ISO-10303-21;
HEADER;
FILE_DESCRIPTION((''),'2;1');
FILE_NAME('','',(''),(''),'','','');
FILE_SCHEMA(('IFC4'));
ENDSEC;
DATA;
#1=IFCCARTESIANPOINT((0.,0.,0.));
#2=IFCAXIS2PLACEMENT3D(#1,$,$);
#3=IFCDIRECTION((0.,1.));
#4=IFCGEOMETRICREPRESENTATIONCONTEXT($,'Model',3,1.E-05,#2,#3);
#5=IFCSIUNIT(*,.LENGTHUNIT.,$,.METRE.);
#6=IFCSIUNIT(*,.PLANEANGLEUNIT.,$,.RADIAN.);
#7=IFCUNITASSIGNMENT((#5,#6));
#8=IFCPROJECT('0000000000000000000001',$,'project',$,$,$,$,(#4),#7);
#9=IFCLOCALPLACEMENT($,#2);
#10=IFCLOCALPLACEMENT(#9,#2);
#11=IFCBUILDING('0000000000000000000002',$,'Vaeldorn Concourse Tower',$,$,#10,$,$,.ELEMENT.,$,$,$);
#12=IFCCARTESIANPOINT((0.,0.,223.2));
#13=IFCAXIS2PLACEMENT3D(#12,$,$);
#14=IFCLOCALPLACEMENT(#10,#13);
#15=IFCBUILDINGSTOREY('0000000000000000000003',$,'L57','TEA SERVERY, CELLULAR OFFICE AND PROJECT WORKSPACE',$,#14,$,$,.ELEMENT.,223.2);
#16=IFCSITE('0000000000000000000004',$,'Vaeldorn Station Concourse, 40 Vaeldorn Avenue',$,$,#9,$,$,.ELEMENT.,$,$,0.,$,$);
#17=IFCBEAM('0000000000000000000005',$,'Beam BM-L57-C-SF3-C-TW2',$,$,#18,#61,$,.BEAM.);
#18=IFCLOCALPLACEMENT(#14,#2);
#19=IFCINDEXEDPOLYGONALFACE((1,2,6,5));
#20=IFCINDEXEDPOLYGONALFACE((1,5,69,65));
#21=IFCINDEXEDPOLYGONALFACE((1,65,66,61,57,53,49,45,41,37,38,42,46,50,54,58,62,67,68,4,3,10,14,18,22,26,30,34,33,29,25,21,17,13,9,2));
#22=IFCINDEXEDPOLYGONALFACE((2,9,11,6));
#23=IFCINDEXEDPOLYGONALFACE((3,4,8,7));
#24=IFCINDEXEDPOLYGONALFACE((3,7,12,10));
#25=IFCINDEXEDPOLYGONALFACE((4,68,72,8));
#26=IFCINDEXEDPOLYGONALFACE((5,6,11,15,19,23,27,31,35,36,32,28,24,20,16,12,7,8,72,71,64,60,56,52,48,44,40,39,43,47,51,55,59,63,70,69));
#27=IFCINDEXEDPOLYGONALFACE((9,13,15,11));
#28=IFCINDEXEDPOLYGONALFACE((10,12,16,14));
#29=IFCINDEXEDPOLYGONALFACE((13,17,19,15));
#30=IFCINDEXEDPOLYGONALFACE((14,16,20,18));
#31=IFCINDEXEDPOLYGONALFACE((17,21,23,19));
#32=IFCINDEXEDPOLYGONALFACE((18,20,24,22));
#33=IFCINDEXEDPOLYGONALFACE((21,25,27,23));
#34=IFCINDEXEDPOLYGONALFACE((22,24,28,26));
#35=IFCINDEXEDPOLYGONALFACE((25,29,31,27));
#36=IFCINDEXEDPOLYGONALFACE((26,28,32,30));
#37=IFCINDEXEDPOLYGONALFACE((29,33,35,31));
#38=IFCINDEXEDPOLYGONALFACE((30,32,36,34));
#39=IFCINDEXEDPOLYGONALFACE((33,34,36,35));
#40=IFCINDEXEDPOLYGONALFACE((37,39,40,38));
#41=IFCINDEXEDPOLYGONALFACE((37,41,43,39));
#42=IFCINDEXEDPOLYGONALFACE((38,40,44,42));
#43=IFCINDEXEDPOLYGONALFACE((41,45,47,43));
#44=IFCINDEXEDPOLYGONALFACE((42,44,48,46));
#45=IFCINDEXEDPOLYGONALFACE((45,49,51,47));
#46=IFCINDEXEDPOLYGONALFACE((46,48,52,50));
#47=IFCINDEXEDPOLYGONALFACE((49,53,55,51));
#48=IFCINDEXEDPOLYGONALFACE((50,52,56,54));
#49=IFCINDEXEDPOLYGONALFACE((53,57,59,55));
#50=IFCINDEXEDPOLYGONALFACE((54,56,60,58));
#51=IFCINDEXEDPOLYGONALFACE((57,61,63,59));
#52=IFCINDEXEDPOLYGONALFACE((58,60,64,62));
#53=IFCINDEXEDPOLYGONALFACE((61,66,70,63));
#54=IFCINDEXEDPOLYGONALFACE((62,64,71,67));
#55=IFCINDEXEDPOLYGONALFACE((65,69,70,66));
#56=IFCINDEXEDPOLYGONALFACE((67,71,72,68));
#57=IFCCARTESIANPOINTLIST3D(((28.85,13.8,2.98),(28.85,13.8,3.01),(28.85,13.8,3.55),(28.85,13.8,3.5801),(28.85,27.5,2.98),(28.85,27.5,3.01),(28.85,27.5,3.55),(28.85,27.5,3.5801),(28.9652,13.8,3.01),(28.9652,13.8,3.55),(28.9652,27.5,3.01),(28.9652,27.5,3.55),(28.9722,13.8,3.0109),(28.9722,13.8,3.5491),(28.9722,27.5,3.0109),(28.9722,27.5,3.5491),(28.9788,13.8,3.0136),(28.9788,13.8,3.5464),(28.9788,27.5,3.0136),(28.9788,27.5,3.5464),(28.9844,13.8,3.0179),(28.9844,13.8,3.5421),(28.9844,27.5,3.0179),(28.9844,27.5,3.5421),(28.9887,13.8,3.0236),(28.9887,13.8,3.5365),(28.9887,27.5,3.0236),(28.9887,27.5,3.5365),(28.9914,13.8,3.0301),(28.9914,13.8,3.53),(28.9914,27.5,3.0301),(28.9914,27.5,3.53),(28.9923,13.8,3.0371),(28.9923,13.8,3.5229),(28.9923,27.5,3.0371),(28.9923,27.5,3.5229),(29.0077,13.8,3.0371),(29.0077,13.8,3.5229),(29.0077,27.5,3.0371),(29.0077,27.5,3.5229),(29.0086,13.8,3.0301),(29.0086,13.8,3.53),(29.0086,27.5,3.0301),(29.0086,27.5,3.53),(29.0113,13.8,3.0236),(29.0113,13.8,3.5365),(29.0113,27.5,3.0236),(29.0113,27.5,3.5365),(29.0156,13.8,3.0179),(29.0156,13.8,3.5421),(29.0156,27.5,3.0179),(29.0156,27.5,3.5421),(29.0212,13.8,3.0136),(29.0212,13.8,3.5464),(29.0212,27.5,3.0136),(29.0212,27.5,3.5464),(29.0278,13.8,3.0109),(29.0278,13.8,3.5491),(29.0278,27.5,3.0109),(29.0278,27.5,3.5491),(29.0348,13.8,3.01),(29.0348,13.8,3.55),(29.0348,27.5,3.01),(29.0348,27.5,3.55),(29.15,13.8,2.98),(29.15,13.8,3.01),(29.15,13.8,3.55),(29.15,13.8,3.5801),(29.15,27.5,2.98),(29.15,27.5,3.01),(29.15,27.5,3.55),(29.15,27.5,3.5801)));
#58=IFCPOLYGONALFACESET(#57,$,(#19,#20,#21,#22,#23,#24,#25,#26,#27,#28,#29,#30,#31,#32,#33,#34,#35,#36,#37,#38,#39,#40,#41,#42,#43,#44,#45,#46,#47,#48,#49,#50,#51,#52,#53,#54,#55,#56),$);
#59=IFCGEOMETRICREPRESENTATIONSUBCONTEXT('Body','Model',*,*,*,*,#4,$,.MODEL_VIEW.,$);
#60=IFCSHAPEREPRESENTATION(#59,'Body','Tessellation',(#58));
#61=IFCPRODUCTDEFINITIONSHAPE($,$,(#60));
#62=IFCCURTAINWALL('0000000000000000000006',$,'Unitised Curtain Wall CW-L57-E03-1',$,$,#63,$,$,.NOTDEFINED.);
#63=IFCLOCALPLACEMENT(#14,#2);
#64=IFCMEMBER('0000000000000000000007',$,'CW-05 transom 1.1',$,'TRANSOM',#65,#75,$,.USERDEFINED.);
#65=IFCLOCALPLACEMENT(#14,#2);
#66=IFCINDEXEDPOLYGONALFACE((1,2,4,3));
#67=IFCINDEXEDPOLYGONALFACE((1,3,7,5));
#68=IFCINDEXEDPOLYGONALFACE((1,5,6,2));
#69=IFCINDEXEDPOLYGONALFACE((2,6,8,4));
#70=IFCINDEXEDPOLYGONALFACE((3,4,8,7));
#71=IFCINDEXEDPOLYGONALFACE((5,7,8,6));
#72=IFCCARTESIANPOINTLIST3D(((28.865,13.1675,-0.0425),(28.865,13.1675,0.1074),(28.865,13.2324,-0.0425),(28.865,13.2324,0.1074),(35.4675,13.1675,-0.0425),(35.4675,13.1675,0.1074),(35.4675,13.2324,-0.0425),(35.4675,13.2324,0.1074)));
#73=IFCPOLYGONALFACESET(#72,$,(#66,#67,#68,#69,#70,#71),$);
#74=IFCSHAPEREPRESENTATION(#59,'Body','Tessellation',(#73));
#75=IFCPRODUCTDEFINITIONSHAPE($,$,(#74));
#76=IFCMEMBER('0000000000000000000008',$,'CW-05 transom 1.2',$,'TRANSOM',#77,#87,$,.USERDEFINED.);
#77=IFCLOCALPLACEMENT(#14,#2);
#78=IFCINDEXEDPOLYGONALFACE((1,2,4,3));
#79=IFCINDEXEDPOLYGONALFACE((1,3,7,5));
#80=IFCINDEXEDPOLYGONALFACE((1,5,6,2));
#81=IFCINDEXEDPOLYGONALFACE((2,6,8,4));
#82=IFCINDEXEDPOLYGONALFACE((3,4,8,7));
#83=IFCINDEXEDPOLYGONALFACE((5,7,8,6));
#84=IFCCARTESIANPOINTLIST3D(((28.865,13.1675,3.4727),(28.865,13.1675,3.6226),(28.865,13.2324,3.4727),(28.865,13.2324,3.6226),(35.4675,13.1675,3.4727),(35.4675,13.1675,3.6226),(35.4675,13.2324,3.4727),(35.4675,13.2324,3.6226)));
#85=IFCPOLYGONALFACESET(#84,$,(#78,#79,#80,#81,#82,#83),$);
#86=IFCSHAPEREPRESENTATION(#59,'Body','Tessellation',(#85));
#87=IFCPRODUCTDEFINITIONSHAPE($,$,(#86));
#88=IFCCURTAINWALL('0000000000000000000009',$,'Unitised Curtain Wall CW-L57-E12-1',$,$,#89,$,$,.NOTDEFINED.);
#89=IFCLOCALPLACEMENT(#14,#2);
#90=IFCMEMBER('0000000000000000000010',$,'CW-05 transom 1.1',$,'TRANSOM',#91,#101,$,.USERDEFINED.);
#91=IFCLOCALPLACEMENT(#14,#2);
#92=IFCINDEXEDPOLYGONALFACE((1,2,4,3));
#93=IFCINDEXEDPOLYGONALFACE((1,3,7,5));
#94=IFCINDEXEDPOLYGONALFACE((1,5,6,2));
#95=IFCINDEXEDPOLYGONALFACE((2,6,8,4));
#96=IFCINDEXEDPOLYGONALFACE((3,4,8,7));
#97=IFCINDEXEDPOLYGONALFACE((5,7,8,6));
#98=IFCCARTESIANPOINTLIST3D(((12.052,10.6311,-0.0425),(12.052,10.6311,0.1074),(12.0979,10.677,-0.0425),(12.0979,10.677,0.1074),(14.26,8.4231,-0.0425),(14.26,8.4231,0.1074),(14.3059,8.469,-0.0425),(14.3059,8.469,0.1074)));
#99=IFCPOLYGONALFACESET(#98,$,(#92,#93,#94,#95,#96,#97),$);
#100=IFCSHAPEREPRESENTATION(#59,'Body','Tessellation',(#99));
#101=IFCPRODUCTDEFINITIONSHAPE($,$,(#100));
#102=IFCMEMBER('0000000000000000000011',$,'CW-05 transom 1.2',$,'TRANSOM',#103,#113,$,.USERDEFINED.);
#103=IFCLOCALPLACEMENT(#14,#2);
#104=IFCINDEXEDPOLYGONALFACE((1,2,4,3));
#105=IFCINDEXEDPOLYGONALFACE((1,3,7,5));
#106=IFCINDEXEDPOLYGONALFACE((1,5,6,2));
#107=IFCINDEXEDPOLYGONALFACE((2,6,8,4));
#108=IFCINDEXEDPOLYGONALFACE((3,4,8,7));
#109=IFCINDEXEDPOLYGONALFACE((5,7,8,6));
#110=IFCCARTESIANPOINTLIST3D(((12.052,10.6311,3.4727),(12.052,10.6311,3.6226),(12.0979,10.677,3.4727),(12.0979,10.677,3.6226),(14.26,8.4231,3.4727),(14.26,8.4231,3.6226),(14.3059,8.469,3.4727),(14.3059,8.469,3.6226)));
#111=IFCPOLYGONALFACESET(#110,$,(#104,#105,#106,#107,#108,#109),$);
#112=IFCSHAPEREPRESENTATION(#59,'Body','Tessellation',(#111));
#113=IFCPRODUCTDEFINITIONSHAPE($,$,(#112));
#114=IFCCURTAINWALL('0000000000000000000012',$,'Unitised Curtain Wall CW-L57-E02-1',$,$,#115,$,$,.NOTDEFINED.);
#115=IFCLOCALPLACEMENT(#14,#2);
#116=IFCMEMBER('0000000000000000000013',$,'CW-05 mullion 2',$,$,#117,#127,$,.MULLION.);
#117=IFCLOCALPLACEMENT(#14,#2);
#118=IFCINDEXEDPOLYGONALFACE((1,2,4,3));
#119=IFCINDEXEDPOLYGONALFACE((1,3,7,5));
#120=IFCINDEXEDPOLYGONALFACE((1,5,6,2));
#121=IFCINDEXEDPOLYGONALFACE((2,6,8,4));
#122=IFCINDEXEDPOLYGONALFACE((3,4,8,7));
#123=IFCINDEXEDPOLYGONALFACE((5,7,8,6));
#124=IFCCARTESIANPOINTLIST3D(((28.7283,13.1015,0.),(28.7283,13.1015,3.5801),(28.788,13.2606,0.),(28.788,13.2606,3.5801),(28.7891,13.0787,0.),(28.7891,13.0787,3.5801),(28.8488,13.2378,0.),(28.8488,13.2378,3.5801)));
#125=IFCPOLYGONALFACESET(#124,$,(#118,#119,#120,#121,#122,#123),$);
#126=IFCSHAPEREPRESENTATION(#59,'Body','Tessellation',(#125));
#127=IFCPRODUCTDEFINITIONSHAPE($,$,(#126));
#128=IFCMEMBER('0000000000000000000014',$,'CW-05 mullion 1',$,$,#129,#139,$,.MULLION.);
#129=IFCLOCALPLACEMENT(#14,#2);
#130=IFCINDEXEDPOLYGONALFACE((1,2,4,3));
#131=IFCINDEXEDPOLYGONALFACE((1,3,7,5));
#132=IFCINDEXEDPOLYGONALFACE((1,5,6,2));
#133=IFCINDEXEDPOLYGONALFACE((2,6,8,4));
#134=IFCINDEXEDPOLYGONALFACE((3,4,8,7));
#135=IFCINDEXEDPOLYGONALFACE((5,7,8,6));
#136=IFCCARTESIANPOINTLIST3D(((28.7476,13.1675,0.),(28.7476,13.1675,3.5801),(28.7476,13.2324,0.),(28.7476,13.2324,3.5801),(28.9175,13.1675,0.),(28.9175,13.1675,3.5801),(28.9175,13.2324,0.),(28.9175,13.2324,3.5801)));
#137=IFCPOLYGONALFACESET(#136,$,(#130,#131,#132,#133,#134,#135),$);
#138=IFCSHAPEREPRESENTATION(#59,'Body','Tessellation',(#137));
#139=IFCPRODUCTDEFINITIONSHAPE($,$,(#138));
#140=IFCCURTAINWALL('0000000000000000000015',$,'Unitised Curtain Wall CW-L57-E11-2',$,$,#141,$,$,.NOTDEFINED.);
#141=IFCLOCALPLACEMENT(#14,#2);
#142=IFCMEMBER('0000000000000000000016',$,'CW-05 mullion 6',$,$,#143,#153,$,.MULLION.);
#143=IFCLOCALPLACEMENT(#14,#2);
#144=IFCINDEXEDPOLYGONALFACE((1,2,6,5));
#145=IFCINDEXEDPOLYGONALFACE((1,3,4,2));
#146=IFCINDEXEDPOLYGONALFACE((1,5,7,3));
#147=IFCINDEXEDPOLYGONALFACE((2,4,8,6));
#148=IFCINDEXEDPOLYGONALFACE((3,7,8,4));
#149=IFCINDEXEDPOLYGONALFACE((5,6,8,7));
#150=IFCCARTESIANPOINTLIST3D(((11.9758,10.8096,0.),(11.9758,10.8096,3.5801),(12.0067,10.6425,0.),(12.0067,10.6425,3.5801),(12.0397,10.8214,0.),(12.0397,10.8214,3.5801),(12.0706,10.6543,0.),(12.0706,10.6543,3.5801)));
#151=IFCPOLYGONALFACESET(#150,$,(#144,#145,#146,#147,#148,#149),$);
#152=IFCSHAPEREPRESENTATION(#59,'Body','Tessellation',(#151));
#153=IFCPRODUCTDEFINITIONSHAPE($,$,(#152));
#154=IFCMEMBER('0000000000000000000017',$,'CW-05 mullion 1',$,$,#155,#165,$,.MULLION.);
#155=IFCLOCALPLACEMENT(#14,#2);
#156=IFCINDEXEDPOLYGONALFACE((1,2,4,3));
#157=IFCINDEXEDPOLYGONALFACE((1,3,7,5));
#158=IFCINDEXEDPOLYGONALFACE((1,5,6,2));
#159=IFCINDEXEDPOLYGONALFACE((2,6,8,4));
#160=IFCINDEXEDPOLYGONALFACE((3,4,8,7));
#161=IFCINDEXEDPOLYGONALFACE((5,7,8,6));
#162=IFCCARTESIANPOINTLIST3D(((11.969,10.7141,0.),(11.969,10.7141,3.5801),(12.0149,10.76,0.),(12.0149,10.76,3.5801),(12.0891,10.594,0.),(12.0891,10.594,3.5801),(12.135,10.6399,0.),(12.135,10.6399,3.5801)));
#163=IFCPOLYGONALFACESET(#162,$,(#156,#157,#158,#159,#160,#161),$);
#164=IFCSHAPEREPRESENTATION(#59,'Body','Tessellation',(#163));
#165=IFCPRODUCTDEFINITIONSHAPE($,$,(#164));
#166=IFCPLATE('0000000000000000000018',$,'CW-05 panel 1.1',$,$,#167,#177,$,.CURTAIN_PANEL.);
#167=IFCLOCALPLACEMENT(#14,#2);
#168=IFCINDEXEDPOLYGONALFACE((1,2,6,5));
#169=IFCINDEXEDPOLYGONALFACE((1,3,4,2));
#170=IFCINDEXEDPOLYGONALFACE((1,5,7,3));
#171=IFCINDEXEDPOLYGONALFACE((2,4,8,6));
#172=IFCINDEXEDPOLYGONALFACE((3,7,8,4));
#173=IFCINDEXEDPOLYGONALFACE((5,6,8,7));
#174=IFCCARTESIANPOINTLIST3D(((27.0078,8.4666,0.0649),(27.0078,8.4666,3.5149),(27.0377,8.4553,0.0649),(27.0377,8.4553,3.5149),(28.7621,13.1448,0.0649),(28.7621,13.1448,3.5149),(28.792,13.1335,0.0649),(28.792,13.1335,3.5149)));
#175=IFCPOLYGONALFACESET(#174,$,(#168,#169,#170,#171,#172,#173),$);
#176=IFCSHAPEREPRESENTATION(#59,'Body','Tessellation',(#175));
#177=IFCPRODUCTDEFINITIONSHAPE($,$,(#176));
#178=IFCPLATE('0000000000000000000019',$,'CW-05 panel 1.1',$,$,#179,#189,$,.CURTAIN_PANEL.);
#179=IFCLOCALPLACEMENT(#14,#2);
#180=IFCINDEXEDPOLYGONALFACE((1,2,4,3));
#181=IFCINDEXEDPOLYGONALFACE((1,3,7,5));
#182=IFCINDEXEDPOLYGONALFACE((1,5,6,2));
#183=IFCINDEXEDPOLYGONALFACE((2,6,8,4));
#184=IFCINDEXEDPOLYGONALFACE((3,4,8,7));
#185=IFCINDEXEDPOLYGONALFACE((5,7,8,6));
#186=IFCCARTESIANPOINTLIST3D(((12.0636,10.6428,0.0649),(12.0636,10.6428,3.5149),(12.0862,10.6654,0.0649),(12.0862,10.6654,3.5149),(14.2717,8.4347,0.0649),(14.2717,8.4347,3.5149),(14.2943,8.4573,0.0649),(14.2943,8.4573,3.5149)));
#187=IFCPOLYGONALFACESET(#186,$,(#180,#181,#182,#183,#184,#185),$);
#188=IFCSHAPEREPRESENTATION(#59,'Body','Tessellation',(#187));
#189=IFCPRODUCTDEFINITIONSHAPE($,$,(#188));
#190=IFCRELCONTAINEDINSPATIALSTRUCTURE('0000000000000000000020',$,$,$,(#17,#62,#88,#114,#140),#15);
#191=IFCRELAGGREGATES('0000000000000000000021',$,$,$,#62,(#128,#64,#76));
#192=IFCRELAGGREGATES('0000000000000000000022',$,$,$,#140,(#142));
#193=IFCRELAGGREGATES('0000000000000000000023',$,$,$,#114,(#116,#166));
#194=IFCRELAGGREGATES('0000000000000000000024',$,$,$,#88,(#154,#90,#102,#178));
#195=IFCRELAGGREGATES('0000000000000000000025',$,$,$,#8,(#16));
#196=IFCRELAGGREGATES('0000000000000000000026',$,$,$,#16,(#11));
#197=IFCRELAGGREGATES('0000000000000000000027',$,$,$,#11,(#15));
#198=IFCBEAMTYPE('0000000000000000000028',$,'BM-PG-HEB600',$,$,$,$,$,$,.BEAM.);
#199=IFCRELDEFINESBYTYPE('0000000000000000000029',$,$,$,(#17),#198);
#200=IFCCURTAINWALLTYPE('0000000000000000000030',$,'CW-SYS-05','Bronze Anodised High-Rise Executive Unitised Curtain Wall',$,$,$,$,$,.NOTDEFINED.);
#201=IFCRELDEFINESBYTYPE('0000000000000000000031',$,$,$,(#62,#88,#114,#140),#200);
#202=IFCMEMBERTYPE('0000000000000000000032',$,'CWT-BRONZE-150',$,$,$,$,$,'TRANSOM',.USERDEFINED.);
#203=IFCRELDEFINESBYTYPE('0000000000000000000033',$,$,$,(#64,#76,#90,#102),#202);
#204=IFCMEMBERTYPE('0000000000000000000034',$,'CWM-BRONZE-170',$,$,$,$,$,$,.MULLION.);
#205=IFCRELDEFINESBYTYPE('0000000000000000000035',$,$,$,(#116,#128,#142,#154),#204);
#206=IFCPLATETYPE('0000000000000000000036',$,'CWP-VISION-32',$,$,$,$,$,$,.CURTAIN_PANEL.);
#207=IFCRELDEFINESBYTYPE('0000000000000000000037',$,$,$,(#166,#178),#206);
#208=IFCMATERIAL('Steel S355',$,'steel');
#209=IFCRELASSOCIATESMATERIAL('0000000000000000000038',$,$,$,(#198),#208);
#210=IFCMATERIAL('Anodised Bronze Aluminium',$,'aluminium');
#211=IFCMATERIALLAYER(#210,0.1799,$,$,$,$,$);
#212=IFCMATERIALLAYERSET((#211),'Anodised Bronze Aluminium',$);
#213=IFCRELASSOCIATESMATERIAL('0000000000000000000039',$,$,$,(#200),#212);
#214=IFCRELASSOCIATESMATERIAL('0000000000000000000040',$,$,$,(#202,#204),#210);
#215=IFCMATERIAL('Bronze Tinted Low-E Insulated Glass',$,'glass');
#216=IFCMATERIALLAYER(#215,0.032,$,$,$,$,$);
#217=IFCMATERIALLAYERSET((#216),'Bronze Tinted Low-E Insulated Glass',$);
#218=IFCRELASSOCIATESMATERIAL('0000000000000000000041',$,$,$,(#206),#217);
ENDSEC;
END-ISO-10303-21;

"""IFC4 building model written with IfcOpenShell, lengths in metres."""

from ifc_helpers import new_model, si_unit, direction, frame, origin, origin_2d, place, context, subcontext, project, spatial, rectangle, i_section, extrude, source, transform, mapped, material, layer, layer_set, material_profile, profile_set, type_object, element, aggregate, save


model = new_model("IFC4")

# Units and contexts
model_context = context("Model", 3, precision=1e-05, world=origin(), true_north=direction((0.0, 1.0)))
body_context = subcontext(model_context, "Body", "Model", "MODEL_VIEW")
ifc_project = project(units=[si_unit("LENGTHUNIT", "METRE"), si_unit("PLANEANGLEUNIT", "RADIAN")], contexts=[model_context])

# Site, building, storey
site_placement = place(None, origin())
site = spatial("IfcSite", under=ifc_project, at=site_placement, Name="Vaeldorn Station Concourse, 40 Vaeldorn Avenue", CompositionType="ELEMENT", RefElevation=0.0)
building_placement = place(site_placement, origin())
building = spatial("IfcBuilding", under=site, at=building_placement, Name="Vaeldorn Concourse Tower", CompositionType="ELEMENT")
storey_placement = place(building_placement, frame((0.0, 0.0, 223.2)))
storey = spatial("IfcBuildingStorey", under=building, at=storey_placement, Name="L57", Description="TEA SERVERY, CELLULAR OFFICE AND PROJECT WORKSPACE", CompositionType="ELEMENT", Elevation=223.2)

# Shared definitions
ifc_material_1 = material(Name="Steel S355", Category="steel")

# Beam
ifc_material_profile_1 = material_profile(ifc_material_1, i_section(OverallWidth=0.3, OverallDepth=0.6001, WebThickness=0.0154, FlangeThickness=0.03, FilletRadius=0.0271, at=origin_2d()), Name="HEB 600")
ifc_profile_set_1 = profile_set([ifc_material_profile_1], Name="Steel S355")
beam_type_1 = type_object("IfcBeamType", Name="BM-PG-HEB600", PredefinedType="BEAM", material=ifc_profile_set_1)
shared_shape_1 = source(origin(), body_context, "Body", "SweptSolid", [
    extrude(i_section(OverallWidth=0.3, OverallDepth=0.6001, WebThickness=0.0154, FlangeThickness=0.03, FilletRadius=0.0271, at=origin_2d()), origin(), (0.0, 0.0, 1.0), 13.7),
])
beam_1_placement = place(storey_placement, frame((29.0, 13.8, 3.28), z_axis=(0.0, 1.0, 0.0), x_axis=(-1.0, 0.0, 0.0)))
element("IfcBeam", 1, at=beam_1_placement, inside=storey, type_object=beam_type_1, Name="Beam BM-L57-C-SF3-C-TW2", PredefinedType="BEAM", context=body_context, shape_type="MappedRepresentation", body=[
    mapped(shared_shape_1, transform((0.0, 0.0, 0.0), scale=1.0)),
])

# Curtain walls, members
ifc_material_2 = material(Name="Anodised Bronze Aluminium", Category="aluminium")
ifc_layer_1 = layer(ifc_material_2, 0.1799)
ifc_layer_set_1 = layer_set([ifc_layer_1], Name="Anodised Bronze Aluminium")
curtain_wall_type = type_object("IfcCurtainWallType", Name="CW-SYS-05", Description="Bronze Anodised High-Rise Executive Unitised Curtain Wall", PredefinedType="NOTDEFINED", material=ifc_layer_set_1)
curtain_wall_1_placement = place(storey_placement, origin())
curtain_wall_1 = element("IfcCurtainWall", 2, at=curtain_wall_1_placement, inside=storey, type_object=curtain_wall_type, Name="Unitised Curtain Wall CW-L57-E03-1", PredefinedType="NOTDEFINED")
ifc_material_profile_2 = material_profile(ifc_material_2, rectangle(XDim=0.0649, YDim=0.1499, at=origin_2d()), Name="CWT 65x150")
ifc_profile_set_2 = profile_set([ifc_material_profile_2], Name="Anodised Bronze Aluminium")
member_type_1 = type_object("IfcMemberType", Name="CWT-BRONZE-150", ElementType="TRANSOM", PredefinedType="USERDEFINED", material=ifc_profile_set_2)
shared_shape_2 = source(origin(), body_context, "Body", "SweptSolid", [
    extrude(rectangle(XDim=0.0649, YDim=0.1499, at=origin_2d()), origin(), (0.0, 0.0, 1.0), 6.6025),
])
member_1_placement = place(storey_placement, frame((28.865, 13.2, 0.0325), z_axis=(1.0, 0.0, 0.0), x_axis=(0.0, 1.0, 0.0)))
member_1 = element("IfcMember", 3, at=member_1_placement, type_object=member_type_1, Name="CW-05 transom 1.1", ObjectType="TRANSOM", PredefinedType="USERDEFINED", context=body_context, shape_type="MappedRepresentation", body=[
    mapped(shared_shape_2, transform((0.0, 0.0, 0.0), scale=1.0)),
])
member_2_placement = place(storey_placement, frame((28.865, 13.2, 3.5476), z_axis=(1.0, 0.0, 0.0), x_axis=(0.0, 1.0, 0.0)))
member_2 = element("IfcMember", 4, at=member_2_placement, type_object=member_type_1, Name="CW-05 transom 1.2", ObjectType="TRANSOM", PredefinedType="USERDEFINED", context=body_context, shape_type="MappedRepresentation", body=[
    mapped(shared_shape_2, transform((0.0, 0.0, 0.0), scale=1.0)),
])
curtain_wall_2_placement = place(storey_placement, origin())
curtain_wall_2 = element("IfcCurtainWall", 5, at=curtain_wall_2_placement, inside=storey, type_object=curtain_wall_type, Name="Unitised Curtain Wall CW-L57-E12-1", PredefinedType="NOTDEFINED")
shared_shape_3 = source(origin(), body_context, "Body", "SweptSolid", [
    extrude(rectangle(XDim=0.0649, YDim=0.1499, at=origin_2d()), origin(), (0.0, 0.0, 1.0), 3.1226),
])
member_3_placement = place(storey_placement, frame((12.075, 10.6541, 0.0325), z_axis=(0.707107, -0.707107, 0.0), x_axis=(0.707107, 0.707107, 0.0)))
member_3 = element("IfcMember", 6, at=member_3_placement, type_object=member_type_1, Name="CW-05 transom 1.1", ObjectType="TRANSOM", PredefinedType="USERDEFINED", context=body_context, shape_type="MappedRepresentation", body=[
    mapped(shared_shape_3, transform((0.0, 0.0, 0.0), scale=1.0)),
])
member_4_placement = place(storey_placement, frame((12.075, 10.6541, 3.5476), z_axis=(0.707107, -0.707107, 0.0), x_axis=(0.707107, 0.707107, 0.0)))
member_4 = element("IfcMember", 7, at=member_4_placement, type_object=member_type_1, Name="CW-05 transom 1.2", ObjectType="TRANSOM", PredefinedType="USERDEFINED", context=body_context, shape_type="MappedRepresentation", body=[
    mapped(shared_shape_3, transform((0.0, 0.0, 0.0), scale=1.0)),
])

# Curtain wall, member
curtain_wall_3_placement = place(storey_placement, origin())
curtain_wall_3 = element("IfcCurtainWall", 8, at=curtain_wall_3_placement, inside=storey, type_object=curtain_wall_type, Name="Unitised Curtain Wall CW-L57-E02-1", PredefinedType="NOTDEFINED")
ifc_material_profile_3 = material_profile(ifc_material_2, rectangle(XDim=0.0649, YDim=0.1699, at=origin_2d()), Name="CWM 65x170")
ifc_profile_set_3 = profile_set([ifc_material_profile_3], Name="Anodised Bronze Aluminium")
member_type_2 = type_object("IfcMemberType", Name="CWM-BRONZE-170", PredefinedType="MULLION", material=ifc_profile_set_3)
shared_shape_4 = source(origin(), body_context, "Body", "SweptSolid", [
    extrude(rectangle(XDim=0.0649, YDim=0.1699, at=origin_2d()), origin(), (0.0, 0.0, 1.0), 3.5801),
])
member_5_placement = place(storey_placement, frame((28.7886, 13.1697, 0.0), z_axis=(0.0, 0.0, 1.0), x_axis=(-0.936329, 0.351123, 0.0)))
member_5 = element("IfcMember", 9, at=member_5_placement, type_object=member_type_2, Name="CW-05 mullion 2", PredefinedType="MULLION", context=body_context, shape_type="MappedRepresentation", body=[
    mapped(shared_shape_4, transform((0.0, 0.0, 0.0), scale=1.0)),
])

# Member
member_6_placement = place(storey_placement, frame((28.8325, 13.2, 0.0), z_axis=(0.0, 0.0, 1.0), x_axis=(0.0, 1.0, 0.0)))
member_6 = element("IfcMember", 10, at=member_6_placement, type_object=member_type_2, Name="CW-05 mullion 1", PredefinedType="MULLION", context=body_context, shape_type="MappedRepresentation", body=[
    mapped(shared_shape_4, transform((0.0, 0.0, 0.0), scale=1.0)),
])
aggregate(curtain_wall_1, [member_6, member_1, member_2])

# Curtain wall, member
curtain_wall_4_placement = place(storey_placement, origin())
curtain_wall_4 = element("IfcCurtainWall", 11, at=curtain_wall_4_placement, inside=storey, type_object=curtain_wall_type, Name="Unitised Curtain Wall CW-L57-E11-2", PredefinedType="NOTDEFINED")
member_7_placement = place(storey_placement, frame((12.0232, 10.7319, 0.0), z_axis=(0.0, 0.0, 1.0), x_axis=(0.983319, 0.181889, 0.0)))
member_7 = element("IfcMember", 12, at=member_7_placement, type_object=member_type_2, Name="CW-05 mullion 6", PredefinedType="MULLION", context=body_context, shape_type="MappedRepresentation", body=[
    mapped(shared_shape_4, transform((0.0, 0.0, 0.0), scale=1.0)),
])
aggregate(curtain_wall_4, [member_7])

# Member
member_8_placement = place(storey_placement, frame((12.052, 10.677, 0.0), z_axis=(0.0, 0.0, 1.0), x_axis=(0.707107, 0.707107, 0.0)))
member_8 = element("IfcMember", 13, at=member_8_placement, type_object=member_type_2, Name="CW-05 mullion 1", PredefinedType="MULLION", context=body_context, shape_type="MappedRepresentation", body=[
    mapped(shared_shape_4, transform((0.0, 0.0, 0.0), scale=1.0)),
])

# Plates
ifc_material_3 = material(Name="Bronze Tinted Low-E Insulated Glass", Category="glass")
ifc_layer_2 = layer(ifc_material_3, 0.032)
ifc_layer_set_2 = layer_set([ifc_layer_2], Name="Bronze Tinted Low-E Insulated Glass")
plate_type = type_object("IfcPlateType", Name="CWP-VISION-32", PredefinedType="CURTAIN_PANEL", material=ifc_layer_set_2)
shared_shape_5 = source(origin(), body_context, "Body", "SweptSolid", [
    extrude(rectangle(XDim=4.9963, YDim=0.032, at=origin_2d()), origin(), (0.0, 0.0, 1.0), 3.45),
])
plate_1_placement = place(storey_placement, frame((27.8999, 10.8, 0.0649), z_axis=(0.0, 0.0, 1.0), x_axis=(0.351123, 0.936329, 0.0)))
plate_1 = element("IfcPlate", 14, at=plate_1_placement, type_object=plate_type, Name="CW-05 panel 1.1", PredefinedType="CURTAIN_PANEL", context=body_context, shape_type="MappedRepresentation", body=[
    mapped(shared_shape_5, transform((0.0, 0.0, 0.0), scale=1.0)),
])
aggregate(curtain_wall_3, [member_5, plate_1])
shared_shape_6 = source(origin(), body_context, "Body", "SweptSolid", [
    extrude(rectangle(XDim=3.1228, YDim=0.032, at=origin_2d()), origin(), (0.0, 0.0, 1.0), 3.45),
])
plate_2_placement = place(storey_placement, frame((13.179, 9.55, 0.0649), z_axis=(0.0, 0.0, 1.0), x_axis=(0.707107, -0.707107, 0.0)))
plate_2 = element("IfcPlate", 15, at=plate_2_placement, type_object=plate_type, Name="CW-05 panel 1.1", PredefinedType="CURTAIN_PANEL", context=body_context, shape_type="MappedRepresentation", body=[
    mapped(shared_shape_6, transform((0.0, 0.0, 0.0), scale=1.0)),
])
aggregate(curtain_wall_2, [member_8, member_3, member_4, plate_2])

save(model, "model.ifc")
